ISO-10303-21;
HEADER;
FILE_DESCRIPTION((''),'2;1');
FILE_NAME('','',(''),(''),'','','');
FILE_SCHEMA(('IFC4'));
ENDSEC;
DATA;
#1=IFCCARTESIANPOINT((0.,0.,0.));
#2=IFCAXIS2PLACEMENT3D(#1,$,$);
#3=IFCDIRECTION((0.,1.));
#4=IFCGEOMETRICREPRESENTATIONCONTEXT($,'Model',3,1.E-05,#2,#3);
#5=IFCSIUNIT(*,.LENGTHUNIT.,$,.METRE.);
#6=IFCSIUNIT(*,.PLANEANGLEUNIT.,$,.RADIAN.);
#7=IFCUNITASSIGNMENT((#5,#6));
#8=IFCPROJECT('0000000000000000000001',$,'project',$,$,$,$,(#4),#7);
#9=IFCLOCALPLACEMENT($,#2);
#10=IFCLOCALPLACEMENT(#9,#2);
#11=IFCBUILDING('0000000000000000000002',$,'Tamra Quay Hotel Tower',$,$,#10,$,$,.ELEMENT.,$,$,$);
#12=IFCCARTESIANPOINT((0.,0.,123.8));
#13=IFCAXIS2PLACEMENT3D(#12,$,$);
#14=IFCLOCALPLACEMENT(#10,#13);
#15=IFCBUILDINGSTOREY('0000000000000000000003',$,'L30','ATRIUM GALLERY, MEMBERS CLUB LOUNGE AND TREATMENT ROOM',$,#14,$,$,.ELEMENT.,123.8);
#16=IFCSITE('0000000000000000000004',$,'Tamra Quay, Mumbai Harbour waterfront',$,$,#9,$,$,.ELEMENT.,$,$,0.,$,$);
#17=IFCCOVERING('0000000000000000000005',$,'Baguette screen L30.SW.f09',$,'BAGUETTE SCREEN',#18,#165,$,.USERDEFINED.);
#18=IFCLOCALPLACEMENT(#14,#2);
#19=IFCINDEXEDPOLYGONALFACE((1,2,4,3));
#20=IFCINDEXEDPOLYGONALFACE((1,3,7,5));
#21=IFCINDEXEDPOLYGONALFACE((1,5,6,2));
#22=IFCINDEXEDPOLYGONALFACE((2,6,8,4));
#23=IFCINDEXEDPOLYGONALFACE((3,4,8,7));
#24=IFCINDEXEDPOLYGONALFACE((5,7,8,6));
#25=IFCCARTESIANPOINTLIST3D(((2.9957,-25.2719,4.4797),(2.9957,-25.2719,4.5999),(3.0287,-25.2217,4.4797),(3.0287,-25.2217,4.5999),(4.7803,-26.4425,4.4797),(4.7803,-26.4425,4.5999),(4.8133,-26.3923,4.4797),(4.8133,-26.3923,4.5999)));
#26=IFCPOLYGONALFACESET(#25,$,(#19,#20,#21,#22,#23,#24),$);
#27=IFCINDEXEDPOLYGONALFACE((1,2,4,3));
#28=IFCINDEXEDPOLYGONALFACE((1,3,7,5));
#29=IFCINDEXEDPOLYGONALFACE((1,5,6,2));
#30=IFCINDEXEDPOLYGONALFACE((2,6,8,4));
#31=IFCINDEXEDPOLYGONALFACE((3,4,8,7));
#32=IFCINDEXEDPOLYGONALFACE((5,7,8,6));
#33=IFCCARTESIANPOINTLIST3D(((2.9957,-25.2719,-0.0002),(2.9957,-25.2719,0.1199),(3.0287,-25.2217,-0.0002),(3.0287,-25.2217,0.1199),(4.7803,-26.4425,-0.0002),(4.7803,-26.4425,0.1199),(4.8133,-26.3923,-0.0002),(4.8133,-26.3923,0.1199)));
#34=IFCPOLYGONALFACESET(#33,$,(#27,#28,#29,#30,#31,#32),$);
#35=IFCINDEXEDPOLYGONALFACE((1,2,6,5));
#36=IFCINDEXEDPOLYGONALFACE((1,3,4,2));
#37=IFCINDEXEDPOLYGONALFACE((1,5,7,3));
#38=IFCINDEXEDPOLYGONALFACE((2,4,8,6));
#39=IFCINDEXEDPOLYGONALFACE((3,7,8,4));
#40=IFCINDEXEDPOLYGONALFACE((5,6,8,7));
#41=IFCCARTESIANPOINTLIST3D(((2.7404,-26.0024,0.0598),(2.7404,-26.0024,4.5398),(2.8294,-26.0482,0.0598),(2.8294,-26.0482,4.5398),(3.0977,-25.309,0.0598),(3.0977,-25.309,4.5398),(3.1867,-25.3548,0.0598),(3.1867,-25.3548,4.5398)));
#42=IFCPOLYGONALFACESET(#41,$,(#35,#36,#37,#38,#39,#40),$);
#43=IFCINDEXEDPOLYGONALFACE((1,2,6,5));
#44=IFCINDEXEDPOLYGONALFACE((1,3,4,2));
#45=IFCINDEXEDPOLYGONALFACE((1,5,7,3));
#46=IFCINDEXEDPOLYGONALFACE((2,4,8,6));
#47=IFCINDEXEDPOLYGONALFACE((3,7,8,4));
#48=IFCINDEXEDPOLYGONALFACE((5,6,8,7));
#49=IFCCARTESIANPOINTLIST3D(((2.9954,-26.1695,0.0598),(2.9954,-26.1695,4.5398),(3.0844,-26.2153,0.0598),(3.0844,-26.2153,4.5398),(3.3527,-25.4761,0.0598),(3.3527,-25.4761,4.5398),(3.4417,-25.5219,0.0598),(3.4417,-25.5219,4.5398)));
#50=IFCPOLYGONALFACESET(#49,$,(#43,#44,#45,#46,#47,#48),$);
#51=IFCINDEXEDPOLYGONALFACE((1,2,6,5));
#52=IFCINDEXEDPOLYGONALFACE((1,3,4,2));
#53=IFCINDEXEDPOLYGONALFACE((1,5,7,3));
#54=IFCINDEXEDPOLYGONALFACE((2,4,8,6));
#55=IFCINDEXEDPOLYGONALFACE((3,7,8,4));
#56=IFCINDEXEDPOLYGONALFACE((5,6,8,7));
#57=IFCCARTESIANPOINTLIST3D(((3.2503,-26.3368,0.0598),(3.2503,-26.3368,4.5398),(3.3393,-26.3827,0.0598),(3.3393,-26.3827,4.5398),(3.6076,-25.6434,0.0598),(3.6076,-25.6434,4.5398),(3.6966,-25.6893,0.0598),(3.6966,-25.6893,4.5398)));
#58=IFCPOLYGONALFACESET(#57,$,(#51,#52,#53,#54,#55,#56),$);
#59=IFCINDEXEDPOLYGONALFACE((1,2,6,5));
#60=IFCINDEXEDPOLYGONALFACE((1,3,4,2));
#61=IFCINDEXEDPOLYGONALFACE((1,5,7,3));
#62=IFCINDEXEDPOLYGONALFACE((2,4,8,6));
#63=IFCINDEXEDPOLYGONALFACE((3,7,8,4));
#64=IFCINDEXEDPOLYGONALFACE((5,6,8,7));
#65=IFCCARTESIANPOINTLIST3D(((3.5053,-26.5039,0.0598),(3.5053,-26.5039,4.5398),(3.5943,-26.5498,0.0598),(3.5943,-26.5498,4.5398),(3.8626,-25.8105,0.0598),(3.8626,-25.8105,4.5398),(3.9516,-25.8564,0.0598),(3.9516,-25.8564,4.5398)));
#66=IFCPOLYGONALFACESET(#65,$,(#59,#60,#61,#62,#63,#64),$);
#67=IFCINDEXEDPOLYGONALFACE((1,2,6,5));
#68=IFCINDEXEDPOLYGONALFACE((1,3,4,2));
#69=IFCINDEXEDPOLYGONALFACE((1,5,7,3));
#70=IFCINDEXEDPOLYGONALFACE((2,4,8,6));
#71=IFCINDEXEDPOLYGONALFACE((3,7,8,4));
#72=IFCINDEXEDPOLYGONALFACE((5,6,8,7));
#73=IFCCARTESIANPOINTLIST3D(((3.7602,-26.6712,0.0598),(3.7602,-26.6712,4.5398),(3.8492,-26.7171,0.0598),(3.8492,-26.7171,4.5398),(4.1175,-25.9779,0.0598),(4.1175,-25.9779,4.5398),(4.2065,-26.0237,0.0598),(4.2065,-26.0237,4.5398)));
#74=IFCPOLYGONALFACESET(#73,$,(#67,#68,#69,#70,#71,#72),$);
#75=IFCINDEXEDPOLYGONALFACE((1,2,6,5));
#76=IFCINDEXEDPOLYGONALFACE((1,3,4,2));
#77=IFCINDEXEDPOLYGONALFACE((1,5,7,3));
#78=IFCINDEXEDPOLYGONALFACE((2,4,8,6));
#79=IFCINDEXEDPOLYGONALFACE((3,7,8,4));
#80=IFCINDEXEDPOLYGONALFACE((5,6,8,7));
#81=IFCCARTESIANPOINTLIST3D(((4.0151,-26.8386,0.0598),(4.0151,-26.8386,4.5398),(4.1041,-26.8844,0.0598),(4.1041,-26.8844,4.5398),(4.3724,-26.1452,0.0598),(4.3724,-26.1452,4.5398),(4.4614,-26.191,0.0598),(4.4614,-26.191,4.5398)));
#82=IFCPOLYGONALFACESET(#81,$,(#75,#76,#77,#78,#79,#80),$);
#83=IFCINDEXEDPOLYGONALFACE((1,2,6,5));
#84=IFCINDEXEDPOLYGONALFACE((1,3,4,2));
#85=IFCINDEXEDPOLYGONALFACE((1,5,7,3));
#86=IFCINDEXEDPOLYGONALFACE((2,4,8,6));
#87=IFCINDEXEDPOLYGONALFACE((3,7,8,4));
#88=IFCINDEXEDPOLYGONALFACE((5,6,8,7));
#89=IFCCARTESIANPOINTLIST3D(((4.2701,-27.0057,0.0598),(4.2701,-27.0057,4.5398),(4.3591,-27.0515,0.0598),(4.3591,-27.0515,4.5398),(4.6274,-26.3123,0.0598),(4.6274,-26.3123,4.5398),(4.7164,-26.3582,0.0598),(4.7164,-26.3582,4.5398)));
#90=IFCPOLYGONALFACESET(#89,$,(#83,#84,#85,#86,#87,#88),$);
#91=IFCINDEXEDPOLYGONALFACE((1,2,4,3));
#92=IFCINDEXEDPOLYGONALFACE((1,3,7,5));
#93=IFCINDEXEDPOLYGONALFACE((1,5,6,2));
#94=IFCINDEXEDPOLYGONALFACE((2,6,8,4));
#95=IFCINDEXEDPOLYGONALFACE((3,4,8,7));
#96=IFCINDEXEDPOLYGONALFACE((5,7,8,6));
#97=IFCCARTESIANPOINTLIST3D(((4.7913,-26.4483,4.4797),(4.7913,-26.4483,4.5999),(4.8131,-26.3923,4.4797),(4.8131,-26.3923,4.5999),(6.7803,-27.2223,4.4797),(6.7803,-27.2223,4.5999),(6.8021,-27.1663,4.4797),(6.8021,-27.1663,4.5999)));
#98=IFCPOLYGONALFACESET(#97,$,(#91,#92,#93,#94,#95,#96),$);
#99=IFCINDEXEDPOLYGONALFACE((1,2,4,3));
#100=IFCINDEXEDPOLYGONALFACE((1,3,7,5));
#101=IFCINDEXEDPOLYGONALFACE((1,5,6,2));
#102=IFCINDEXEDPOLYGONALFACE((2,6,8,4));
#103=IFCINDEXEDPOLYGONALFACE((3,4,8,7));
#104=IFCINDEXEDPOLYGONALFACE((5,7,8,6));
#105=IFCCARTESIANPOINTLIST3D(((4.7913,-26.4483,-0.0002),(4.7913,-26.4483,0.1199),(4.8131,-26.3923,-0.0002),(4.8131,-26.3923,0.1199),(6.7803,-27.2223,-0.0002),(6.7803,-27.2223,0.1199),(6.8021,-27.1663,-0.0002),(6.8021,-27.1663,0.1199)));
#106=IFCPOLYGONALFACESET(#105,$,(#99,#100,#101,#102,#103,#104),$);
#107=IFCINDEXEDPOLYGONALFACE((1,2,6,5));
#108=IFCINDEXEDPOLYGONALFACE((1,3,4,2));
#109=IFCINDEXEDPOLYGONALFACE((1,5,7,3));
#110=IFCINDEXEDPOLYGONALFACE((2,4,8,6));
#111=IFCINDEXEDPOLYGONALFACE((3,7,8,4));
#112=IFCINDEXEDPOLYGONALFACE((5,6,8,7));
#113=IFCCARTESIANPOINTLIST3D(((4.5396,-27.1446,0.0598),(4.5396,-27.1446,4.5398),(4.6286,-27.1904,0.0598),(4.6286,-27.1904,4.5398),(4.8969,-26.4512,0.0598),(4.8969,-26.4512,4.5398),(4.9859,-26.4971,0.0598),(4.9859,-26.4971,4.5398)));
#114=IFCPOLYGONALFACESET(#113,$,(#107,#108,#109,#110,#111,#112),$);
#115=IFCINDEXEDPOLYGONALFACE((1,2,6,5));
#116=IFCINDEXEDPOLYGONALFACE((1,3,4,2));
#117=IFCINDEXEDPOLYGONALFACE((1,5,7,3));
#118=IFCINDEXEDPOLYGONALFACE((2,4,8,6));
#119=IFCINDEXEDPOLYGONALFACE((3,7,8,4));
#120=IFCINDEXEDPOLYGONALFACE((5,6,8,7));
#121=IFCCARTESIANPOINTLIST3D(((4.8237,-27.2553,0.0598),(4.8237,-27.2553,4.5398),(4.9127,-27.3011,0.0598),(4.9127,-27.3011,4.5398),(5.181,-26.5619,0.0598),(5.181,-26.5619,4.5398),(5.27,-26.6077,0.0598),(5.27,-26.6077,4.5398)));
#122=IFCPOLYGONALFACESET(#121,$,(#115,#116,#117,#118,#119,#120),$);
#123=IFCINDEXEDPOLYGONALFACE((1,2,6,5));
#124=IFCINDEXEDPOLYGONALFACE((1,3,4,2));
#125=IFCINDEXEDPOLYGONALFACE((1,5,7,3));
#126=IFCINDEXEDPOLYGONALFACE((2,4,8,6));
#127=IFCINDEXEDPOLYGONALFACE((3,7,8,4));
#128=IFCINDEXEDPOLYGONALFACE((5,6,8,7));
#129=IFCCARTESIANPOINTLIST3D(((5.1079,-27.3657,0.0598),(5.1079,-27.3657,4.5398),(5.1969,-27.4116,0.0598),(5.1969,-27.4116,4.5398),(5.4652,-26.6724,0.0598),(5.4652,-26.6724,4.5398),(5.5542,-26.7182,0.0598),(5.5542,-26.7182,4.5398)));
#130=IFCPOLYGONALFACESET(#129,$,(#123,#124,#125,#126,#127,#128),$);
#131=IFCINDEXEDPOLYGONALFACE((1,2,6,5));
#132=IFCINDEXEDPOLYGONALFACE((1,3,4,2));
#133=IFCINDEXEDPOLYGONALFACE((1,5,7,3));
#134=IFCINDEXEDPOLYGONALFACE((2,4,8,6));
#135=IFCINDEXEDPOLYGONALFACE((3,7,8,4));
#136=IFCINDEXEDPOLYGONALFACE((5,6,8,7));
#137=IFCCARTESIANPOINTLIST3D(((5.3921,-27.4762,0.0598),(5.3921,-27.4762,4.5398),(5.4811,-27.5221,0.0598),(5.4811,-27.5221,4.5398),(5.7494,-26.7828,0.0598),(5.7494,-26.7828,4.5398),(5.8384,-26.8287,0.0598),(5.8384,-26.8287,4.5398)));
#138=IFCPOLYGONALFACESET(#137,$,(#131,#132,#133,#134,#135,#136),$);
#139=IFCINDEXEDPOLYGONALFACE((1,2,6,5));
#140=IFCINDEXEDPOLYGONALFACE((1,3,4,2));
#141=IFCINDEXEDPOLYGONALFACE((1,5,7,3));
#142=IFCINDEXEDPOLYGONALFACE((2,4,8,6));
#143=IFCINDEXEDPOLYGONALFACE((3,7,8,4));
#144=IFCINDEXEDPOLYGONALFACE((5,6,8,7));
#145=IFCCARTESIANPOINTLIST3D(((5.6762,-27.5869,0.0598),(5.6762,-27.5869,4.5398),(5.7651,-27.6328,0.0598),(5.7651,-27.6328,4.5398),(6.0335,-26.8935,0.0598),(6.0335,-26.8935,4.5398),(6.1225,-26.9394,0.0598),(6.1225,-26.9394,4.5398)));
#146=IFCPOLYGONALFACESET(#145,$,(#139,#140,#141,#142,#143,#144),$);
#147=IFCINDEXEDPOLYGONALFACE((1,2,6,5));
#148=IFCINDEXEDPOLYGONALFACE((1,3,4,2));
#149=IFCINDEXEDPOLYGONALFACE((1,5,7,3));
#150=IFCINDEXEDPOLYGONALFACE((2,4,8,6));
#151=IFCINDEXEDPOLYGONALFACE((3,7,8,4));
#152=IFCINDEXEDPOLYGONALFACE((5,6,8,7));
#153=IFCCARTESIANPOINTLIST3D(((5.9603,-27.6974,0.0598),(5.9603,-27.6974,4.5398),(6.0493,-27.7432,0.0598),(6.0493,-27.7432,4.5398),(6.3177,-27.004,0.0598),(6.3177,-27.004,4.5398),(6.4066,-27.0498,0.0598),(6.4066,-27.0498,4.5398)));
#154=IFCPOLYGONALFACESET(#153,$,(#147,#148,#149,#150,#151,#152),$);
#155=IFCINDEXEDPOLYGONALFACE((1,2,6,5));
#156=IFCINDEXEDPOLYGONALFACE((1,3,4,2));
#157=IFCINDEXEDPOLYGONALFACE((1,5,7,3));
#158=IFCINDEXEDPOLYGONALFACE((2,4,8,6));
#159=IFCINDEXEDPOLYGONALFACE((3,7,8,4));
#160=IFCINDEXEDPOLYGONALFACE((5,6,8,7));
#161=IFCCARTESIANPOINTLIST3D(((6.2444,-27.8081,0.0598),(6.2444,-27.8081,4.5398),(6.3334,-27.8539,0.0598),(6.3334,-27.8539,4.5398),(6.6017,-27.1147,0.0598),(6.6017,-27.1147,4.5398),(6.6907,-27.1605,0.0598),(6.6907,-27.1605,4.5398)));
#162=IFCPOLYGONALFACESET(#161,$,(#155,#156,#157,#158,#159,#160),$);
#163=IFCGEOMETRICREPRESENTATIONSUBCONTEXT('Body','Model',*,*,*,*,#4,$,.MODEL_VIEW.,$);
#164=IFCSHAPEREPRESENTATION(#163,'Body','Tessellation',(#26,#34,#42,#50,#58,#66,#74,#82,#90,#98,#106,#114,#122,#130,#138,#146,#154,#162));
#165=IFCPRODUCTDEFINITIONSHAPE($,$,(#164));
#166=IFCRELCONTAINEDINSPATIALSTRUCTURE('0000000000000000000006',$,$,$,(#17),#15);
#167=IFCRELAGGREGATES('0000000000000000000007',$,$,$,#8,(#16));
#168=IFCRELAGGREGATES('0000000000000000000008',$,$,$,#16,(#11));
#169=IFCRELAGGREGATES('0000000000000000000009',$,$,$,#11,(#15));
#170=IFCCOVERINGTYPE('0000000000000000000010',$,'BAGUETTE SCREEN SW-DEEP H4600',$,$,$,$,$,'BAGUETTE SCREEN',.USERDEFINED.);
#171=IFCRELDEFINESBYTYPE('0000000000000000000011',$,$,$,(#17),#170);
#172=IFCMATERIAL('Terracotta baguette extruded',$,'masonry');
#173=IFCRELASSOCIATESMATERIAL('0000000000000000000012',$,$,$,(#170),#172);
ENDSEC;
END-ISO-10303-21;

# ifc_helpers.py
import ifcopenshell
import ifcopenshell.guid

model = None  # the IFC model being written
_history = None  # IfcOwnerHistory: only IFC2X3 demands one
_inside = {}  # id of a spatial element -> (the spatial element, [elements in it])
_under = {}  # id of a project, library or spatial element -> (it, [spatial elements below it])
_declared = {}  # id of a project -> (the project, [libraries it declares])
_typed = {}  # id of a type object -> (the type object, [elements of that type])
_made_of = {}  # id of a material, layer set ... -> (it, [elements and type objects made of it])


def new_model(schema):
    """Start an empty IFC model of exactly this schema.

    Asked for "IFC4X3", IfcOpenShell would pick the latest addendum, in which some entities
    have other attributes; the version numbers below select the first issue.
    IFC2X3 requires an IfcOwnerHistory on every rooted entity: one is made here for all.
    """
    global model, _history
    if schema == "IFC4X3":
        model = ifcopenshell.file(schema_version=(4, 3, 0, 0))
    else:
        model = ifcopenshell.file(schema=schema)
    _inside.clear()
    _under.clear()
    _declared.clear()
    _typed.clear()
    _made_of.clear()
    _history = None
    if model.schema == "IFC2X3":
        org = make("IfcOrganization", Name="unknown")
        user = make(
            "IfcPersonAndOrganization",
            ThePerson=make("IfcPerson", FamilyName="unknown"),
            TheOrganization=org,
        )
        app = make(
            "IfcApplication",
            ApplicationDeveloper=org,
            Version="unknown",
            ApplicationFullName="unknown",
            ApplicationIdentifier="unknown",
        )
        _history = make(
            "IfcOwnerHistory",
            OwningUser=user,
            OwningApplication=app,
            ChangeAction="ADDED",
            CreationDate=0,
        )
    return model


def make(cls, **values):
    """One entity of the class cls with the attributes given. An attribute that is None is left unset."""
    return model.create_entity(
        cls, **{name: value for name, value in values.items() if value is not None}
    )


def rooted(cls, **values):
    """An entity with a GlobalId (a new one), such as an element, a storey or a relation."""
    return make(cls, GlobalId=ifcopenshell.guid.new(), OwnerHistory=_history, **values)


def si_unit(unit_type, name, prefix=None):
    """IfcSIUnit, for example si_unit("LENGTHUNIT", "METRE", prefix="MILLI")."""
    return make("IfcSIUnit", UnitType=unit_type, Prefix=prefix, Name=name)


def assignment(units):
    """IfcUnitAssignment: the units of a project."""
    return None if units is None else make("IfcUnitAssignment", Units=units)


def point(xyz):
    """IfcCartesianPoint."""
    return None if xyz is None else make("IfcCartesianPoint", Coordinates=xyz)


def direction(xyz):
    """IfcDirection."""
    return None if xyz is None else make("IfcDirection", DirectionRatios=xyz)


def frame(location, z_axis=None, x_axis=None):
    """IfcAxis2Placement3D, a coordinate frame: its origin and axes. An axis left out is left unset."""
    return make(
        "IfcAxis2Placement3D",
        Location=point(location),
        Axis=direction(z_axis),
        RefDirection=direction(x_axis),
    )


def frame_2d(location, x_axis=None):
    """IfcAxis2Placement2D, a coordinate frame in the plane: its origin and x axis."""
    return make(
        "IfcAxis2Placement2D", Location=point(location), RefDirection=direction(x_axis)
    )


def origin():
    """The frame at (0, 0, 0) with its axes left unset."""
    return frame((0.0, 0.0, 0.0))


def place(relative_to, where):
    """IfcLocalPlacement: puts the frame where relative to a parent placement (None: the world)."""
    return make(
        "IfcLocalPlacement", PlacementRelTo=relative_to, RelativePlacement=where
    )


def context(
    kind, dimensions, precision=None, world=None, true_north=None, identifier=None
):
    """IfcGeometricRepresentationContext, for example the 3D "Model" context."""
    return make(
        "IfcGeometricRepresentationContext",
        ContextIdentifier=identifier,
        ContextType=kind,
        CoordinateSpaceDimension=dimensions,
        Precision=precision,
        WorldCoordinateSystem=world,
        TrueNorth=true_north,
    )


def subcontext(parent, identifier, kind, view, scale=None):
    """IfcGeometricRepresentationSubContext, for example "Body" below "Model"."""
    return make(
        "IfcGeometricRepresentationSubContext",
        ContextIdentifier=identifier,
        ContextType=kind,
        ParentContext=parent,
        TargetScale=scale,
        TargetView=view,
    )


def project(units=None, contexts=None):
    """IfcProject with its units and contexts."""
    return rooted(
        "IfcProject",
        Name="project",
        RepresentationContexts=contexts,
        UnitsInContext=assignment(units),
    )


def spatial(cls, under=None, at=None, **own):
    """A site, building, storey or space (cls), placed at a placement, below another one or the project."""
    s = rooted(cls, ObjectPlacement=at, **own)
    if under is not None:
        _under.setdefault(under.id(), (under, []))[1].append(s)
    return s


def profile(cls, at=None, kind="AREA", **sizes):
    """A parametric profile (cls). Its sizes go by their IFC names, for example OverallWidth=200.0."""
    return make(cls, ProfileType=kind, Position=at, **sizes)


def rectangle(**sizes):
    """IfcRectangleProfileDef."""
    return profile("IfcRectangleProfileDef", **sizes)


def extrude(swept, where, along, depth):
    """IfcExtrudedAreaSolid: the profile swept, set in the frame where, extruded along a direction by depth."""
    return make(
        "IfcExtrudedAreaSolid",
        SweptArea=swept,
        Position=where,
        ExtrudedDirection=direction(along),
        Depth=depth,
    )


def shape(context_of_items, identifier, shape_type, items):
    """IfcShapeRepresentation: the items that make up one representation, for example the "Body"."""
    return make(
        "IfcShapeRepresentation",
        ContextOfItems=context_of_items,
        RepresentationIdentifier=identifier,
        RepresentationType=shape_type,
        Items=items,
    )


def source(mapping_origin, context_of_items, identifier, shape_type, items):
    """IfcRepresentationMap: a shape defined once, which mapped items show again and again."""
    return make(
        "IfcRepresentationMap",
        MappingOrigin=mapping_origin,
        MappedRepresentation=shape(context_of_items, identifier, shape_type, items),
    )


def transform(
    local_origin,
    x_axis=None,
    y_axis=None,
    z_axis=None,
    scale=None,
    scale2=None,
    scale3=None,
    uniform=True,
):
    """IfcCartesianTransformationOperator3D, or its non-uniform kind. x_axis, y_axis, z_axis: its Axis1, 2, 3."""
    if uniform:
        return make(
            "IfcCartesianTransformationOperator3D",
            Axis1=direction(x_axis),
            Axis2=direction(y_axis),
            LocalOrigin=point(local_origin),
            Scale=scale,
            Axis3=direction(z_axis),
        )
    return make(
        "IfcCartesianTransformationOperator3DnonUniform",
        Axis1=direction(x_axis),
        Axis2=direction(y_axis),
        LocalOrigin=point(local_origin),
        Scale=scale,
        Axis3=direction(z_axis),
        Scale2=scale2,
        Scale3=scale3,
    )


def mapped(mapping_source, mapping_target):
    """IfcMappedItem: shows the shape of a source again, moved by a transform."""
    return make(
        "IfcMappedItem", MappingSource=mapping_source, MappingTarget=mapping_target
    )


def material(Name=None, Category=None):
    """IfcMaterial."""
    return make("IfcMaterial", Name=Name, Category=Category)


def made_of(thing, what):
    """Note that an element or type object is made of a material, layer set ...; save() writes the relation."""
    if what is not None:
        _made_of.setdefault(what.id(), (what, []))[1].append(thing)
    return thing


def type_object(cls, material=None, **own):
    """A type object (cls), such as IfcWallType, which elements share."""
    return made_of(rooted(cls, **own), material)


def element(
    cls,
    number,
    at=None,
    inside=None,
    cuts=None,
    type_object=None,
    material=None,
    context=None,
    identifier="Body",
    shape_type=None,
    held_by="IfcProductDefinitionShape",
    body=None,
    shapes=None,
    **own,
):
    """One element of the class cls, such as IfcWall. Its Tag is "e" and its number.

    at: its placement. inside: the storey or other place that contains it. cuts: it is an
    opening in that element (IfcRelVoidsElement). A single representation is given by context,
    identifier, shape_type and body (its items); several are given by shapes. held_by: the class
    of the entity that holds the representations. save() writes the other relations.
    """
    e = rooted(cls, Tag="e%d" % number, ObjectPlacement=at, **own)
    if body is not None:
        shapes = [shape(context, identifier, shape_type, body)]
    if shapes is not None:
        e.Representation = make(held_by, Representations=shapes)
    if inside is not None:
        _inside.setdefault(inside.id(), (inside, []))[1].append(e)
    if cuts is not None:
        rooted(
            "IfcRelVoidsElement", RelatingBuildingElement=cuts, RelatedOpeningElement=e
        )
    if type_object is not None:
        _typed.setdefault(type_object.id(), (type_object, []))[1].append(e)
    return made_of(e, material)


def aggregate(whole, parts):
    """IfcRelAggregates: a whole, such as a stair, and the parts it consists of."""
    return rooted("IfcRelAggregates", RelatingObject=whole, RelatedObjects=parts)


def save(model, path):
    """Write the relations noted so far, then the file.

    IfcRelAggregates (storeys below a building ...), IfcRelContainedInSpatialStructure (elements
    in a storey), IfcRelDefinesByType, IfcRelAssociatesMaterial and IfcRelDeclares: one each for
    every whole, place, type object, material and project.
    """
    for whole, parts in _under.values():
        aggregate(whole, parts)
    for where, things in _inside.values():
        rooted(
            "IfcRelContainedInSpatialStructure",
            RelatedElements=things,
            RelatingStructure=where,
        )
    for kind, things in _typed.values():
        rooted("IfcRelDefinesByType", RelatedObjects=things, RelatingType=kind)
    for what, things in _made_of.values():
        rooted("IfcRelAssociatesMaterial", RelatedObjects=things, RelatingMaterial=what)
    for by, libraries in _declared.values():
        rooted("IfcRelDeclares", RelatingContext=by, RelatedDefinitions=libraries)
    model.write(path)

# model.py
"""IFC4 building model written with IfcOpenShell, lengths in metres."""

from ifc_helpers import new_model, si_unit, direction, frame, frame_2d, origin, place, context, subcontext, project, spatial, rectangle, extrude, source, transform, mapped, material, type_object, element, save


model = new_model("IFC4")

# Units and contexts
model_context = context("Model", 3, precision=1e-05, world=origin(), true_north=direction((0.0, 1.0)))
body_context = subcontext(model_context, "Body", "Model", "MODEL_VIEW")
ifc_project = project(units=[si_unit("LENGTHUNIT", "METRE"), si_unit("PLANEANGLEUNIT", "RADIAN")], contexts=[model_context])

# Site, building, storey
site_placement = place(None, origin())
site = spatial("IfcSite", under=ifc_project, at=site_placement, Name="Tamra Quay, Mumbai Harbour waterfront", CompositionType="ELEMENT", RefElevation=0.0)
building_placement = place(site_placement, origin())
building = spatial("IfcBuilding", under=site, at=building_placement, Name="Tamra Quay Hotel Tower", CompositionType="ELEMENT")
storey_placement = place(building_placement, frame((0.0, 0.0, 123.8)))
storey = spatial("IfcBuildingStorey", under=building, at=storey_placement, Name="L30", Description="ATRIUM GALLERY, MEMBERS CLUB LOUNGE AND TREATMENT ROOM", CompositionType="ELEMENT", Elevation=123.8)

# Covering
ifc_material_1 = material(Name="Terracotta baguette extruded", Category="masonry")
covering_type_1 = type_object("IfcCoveringType", Name="BAGUETTE SCREEN SW-DEEP H4600", ElementType="BAGUETTE SCREEN", PredefinedType="USERDEFINED", material=ifc_material_1)
shared_shape_1 = source(origin(), body_context, "Body", "SweptSolid", [
    extrude(rectangle(XDim=2.1343, YDim=0.0601, at=frame_2d((1.0671, 0.03))), frame((-2.1287, -0.0576, -0.1201), z_axis=(0.0, 0.0, 1.0), x_axis=(0.994522, -0.104528, 0.0)), (0.0, 0.0, 1.0), 0.1201),
    extrude(rectangle(XDim=2.1343, YDim=0.0601, at=frame_2d((1.0671, 0.03))), frame((-2.1287, -0.0576, -4.6001), z_axis=(0.0, 0.0, 1.0), x_axis=(0.994522, -0.104528, 0.0)), (0.0, 0.0, 1.0), 0.1201),
    extrude(rectangle(XDim=0.1001, YDim=0.78, at=frame_2d((0.05, 0.3901))), frame((-2.021, -0.824, -4.54)), (0.0, 0.0, 1.0), 4.48),
    extrude(rectangle(XDim=0.1001, YDim=0.78, at=frame_2d((0.05, 0.3901))), frame((-1.7178, -0.8557, -4.54)), (0.0, 0.0, 1.0), 4.48),
    extrude(rectangle(XDim=0.1001, YDim=0.78, at=frame_2d((0.05, 0.3901))), frame((-1.4146, -0.8877, -4.54)), (0.0, 0.0, 1.0), 4.48),
    extrude(rectangle(XDim=0.1001, YDim=0.78, at=frame_2d((0.05, 0.3901))), frame((-1.1113, -0.9194, -4.54)), (0.0, 0.0, 1.0), 4.48),
    extrude(rectangle(XDim=0.1001, YDim=0.78, at=frame_2d((0.05, 0.3901))), frame((-0.8081, -0.9514, -4.54)), (0.0, 0.0, 1.0), 4.48),
    extrude(rectangle(XDim=0.1001, YDim=0.78, at=frame_2d((0.05, 0.3901))), frame((-0.5049, -0.9834, -4.54)), (0.0, 0.0, 1.0), 4.48),
    extrude(rectangle(XDim=0.1001, YDim=0.78, at=frame_2d((0.05, 0.3901))), frame((-0.2017, -1.0151, -4.54)), (0.0, 0.0, 1.0), 4.48),
    extrude(rectangle(XDim=2.1343, YDim=0.0601, at=frame_2d((1.0671, 0.03))), frame((0.0063, -0.2808, -0.1201), z_axis=(0.0, 0.0, 1.0), x_axis=(0.994522, 0.104528, 0.0)), (0.0, 0.0, 1.0), 0.1201),
    extrude(rectangle(XDim=2.1343, YDim=0.0601, at=frame_2d((1.0671, 0.03))), frame((0.0063, -0.2808, -4.6001), z_axis=(0.0, 0.0, 1.0), x_axis=(0.994522, 0.104528, 0.0)), (0.0, 0.0, 1.0), 0.1201),
    extrude(rectangle(XDim=0.1001, YDim=0.78, at=frame_2d((0.05, 0.3901))), frame((0.1016, -1.0151, -4.54)), (0.0, 0.0, 1.0), 4.48),
    extrude(rectangle(XDim=0.1001, YDim=0.78, at=frame_2d((0.05, 0.3901))), frame((0.4048, -0.9834, -4.54)), (0.0, 0.0, 1.0), 4.48),
    extrude(rectangle(XDim=0.1001, YDim=0.78, at=frame_2d((0.05, 0.3901))), frame((0.708, -0.9514, -4.54)), (0.0, 0.0, 1.0), 4.48),
    extrude(rectangle(XDim=0.1001, YDim=0.78, at=frame_2d((0.05, 0.3901))), frame((1.0112, -0.9194, -4.54)), (0.0, 0.0, 1.0), 4.48),
    extrude(rectangle(XDim=0.1001, YDim=0.78, at=frame_2d((0.05, 0.3901))), frame((1.3145, -0.8877, -4.54)), (0.0, 0.0, 1.0), 4.48),
    extrude(rectangle(XDim=0.1001, YDim=0.78, at=frame_2d((0.05, 0.3901))), frame((1.6177, -0.8557, -4.54)), (0.0, 0.0, 1.0), 4.48),
    extrude(rectangle(XDim=0.1001, YDim=0.78, at=frame_2d((0.05, 0.3901))), frame((1.9209, -0.824, -4.54)), (0.0, 0.0, 1.0), 4.48),
])
covering_1_placement = place(storey_placement, frame((4.9143, -26.1958, 4.5999), z_axis=(0.0, 0.0, 1.0), x_axis=(0.888911, -0.45808, 0.0)))
element("IfcCovering", 1, at=covering_1_placement, inside=storey, type_object=covering_type_1, Name="Baguette screen L30.SW.f09", ObjectType="BAGUETTE SCREEN", PredefinedType="USERDEFINED", context=body_context, shape_type="MappedRepresentation", body=[
    mapped(shared_shape_1, transform((0.0, 0.0, 0.0), scale=1.0)),
])

save(model, "model.ifc")
